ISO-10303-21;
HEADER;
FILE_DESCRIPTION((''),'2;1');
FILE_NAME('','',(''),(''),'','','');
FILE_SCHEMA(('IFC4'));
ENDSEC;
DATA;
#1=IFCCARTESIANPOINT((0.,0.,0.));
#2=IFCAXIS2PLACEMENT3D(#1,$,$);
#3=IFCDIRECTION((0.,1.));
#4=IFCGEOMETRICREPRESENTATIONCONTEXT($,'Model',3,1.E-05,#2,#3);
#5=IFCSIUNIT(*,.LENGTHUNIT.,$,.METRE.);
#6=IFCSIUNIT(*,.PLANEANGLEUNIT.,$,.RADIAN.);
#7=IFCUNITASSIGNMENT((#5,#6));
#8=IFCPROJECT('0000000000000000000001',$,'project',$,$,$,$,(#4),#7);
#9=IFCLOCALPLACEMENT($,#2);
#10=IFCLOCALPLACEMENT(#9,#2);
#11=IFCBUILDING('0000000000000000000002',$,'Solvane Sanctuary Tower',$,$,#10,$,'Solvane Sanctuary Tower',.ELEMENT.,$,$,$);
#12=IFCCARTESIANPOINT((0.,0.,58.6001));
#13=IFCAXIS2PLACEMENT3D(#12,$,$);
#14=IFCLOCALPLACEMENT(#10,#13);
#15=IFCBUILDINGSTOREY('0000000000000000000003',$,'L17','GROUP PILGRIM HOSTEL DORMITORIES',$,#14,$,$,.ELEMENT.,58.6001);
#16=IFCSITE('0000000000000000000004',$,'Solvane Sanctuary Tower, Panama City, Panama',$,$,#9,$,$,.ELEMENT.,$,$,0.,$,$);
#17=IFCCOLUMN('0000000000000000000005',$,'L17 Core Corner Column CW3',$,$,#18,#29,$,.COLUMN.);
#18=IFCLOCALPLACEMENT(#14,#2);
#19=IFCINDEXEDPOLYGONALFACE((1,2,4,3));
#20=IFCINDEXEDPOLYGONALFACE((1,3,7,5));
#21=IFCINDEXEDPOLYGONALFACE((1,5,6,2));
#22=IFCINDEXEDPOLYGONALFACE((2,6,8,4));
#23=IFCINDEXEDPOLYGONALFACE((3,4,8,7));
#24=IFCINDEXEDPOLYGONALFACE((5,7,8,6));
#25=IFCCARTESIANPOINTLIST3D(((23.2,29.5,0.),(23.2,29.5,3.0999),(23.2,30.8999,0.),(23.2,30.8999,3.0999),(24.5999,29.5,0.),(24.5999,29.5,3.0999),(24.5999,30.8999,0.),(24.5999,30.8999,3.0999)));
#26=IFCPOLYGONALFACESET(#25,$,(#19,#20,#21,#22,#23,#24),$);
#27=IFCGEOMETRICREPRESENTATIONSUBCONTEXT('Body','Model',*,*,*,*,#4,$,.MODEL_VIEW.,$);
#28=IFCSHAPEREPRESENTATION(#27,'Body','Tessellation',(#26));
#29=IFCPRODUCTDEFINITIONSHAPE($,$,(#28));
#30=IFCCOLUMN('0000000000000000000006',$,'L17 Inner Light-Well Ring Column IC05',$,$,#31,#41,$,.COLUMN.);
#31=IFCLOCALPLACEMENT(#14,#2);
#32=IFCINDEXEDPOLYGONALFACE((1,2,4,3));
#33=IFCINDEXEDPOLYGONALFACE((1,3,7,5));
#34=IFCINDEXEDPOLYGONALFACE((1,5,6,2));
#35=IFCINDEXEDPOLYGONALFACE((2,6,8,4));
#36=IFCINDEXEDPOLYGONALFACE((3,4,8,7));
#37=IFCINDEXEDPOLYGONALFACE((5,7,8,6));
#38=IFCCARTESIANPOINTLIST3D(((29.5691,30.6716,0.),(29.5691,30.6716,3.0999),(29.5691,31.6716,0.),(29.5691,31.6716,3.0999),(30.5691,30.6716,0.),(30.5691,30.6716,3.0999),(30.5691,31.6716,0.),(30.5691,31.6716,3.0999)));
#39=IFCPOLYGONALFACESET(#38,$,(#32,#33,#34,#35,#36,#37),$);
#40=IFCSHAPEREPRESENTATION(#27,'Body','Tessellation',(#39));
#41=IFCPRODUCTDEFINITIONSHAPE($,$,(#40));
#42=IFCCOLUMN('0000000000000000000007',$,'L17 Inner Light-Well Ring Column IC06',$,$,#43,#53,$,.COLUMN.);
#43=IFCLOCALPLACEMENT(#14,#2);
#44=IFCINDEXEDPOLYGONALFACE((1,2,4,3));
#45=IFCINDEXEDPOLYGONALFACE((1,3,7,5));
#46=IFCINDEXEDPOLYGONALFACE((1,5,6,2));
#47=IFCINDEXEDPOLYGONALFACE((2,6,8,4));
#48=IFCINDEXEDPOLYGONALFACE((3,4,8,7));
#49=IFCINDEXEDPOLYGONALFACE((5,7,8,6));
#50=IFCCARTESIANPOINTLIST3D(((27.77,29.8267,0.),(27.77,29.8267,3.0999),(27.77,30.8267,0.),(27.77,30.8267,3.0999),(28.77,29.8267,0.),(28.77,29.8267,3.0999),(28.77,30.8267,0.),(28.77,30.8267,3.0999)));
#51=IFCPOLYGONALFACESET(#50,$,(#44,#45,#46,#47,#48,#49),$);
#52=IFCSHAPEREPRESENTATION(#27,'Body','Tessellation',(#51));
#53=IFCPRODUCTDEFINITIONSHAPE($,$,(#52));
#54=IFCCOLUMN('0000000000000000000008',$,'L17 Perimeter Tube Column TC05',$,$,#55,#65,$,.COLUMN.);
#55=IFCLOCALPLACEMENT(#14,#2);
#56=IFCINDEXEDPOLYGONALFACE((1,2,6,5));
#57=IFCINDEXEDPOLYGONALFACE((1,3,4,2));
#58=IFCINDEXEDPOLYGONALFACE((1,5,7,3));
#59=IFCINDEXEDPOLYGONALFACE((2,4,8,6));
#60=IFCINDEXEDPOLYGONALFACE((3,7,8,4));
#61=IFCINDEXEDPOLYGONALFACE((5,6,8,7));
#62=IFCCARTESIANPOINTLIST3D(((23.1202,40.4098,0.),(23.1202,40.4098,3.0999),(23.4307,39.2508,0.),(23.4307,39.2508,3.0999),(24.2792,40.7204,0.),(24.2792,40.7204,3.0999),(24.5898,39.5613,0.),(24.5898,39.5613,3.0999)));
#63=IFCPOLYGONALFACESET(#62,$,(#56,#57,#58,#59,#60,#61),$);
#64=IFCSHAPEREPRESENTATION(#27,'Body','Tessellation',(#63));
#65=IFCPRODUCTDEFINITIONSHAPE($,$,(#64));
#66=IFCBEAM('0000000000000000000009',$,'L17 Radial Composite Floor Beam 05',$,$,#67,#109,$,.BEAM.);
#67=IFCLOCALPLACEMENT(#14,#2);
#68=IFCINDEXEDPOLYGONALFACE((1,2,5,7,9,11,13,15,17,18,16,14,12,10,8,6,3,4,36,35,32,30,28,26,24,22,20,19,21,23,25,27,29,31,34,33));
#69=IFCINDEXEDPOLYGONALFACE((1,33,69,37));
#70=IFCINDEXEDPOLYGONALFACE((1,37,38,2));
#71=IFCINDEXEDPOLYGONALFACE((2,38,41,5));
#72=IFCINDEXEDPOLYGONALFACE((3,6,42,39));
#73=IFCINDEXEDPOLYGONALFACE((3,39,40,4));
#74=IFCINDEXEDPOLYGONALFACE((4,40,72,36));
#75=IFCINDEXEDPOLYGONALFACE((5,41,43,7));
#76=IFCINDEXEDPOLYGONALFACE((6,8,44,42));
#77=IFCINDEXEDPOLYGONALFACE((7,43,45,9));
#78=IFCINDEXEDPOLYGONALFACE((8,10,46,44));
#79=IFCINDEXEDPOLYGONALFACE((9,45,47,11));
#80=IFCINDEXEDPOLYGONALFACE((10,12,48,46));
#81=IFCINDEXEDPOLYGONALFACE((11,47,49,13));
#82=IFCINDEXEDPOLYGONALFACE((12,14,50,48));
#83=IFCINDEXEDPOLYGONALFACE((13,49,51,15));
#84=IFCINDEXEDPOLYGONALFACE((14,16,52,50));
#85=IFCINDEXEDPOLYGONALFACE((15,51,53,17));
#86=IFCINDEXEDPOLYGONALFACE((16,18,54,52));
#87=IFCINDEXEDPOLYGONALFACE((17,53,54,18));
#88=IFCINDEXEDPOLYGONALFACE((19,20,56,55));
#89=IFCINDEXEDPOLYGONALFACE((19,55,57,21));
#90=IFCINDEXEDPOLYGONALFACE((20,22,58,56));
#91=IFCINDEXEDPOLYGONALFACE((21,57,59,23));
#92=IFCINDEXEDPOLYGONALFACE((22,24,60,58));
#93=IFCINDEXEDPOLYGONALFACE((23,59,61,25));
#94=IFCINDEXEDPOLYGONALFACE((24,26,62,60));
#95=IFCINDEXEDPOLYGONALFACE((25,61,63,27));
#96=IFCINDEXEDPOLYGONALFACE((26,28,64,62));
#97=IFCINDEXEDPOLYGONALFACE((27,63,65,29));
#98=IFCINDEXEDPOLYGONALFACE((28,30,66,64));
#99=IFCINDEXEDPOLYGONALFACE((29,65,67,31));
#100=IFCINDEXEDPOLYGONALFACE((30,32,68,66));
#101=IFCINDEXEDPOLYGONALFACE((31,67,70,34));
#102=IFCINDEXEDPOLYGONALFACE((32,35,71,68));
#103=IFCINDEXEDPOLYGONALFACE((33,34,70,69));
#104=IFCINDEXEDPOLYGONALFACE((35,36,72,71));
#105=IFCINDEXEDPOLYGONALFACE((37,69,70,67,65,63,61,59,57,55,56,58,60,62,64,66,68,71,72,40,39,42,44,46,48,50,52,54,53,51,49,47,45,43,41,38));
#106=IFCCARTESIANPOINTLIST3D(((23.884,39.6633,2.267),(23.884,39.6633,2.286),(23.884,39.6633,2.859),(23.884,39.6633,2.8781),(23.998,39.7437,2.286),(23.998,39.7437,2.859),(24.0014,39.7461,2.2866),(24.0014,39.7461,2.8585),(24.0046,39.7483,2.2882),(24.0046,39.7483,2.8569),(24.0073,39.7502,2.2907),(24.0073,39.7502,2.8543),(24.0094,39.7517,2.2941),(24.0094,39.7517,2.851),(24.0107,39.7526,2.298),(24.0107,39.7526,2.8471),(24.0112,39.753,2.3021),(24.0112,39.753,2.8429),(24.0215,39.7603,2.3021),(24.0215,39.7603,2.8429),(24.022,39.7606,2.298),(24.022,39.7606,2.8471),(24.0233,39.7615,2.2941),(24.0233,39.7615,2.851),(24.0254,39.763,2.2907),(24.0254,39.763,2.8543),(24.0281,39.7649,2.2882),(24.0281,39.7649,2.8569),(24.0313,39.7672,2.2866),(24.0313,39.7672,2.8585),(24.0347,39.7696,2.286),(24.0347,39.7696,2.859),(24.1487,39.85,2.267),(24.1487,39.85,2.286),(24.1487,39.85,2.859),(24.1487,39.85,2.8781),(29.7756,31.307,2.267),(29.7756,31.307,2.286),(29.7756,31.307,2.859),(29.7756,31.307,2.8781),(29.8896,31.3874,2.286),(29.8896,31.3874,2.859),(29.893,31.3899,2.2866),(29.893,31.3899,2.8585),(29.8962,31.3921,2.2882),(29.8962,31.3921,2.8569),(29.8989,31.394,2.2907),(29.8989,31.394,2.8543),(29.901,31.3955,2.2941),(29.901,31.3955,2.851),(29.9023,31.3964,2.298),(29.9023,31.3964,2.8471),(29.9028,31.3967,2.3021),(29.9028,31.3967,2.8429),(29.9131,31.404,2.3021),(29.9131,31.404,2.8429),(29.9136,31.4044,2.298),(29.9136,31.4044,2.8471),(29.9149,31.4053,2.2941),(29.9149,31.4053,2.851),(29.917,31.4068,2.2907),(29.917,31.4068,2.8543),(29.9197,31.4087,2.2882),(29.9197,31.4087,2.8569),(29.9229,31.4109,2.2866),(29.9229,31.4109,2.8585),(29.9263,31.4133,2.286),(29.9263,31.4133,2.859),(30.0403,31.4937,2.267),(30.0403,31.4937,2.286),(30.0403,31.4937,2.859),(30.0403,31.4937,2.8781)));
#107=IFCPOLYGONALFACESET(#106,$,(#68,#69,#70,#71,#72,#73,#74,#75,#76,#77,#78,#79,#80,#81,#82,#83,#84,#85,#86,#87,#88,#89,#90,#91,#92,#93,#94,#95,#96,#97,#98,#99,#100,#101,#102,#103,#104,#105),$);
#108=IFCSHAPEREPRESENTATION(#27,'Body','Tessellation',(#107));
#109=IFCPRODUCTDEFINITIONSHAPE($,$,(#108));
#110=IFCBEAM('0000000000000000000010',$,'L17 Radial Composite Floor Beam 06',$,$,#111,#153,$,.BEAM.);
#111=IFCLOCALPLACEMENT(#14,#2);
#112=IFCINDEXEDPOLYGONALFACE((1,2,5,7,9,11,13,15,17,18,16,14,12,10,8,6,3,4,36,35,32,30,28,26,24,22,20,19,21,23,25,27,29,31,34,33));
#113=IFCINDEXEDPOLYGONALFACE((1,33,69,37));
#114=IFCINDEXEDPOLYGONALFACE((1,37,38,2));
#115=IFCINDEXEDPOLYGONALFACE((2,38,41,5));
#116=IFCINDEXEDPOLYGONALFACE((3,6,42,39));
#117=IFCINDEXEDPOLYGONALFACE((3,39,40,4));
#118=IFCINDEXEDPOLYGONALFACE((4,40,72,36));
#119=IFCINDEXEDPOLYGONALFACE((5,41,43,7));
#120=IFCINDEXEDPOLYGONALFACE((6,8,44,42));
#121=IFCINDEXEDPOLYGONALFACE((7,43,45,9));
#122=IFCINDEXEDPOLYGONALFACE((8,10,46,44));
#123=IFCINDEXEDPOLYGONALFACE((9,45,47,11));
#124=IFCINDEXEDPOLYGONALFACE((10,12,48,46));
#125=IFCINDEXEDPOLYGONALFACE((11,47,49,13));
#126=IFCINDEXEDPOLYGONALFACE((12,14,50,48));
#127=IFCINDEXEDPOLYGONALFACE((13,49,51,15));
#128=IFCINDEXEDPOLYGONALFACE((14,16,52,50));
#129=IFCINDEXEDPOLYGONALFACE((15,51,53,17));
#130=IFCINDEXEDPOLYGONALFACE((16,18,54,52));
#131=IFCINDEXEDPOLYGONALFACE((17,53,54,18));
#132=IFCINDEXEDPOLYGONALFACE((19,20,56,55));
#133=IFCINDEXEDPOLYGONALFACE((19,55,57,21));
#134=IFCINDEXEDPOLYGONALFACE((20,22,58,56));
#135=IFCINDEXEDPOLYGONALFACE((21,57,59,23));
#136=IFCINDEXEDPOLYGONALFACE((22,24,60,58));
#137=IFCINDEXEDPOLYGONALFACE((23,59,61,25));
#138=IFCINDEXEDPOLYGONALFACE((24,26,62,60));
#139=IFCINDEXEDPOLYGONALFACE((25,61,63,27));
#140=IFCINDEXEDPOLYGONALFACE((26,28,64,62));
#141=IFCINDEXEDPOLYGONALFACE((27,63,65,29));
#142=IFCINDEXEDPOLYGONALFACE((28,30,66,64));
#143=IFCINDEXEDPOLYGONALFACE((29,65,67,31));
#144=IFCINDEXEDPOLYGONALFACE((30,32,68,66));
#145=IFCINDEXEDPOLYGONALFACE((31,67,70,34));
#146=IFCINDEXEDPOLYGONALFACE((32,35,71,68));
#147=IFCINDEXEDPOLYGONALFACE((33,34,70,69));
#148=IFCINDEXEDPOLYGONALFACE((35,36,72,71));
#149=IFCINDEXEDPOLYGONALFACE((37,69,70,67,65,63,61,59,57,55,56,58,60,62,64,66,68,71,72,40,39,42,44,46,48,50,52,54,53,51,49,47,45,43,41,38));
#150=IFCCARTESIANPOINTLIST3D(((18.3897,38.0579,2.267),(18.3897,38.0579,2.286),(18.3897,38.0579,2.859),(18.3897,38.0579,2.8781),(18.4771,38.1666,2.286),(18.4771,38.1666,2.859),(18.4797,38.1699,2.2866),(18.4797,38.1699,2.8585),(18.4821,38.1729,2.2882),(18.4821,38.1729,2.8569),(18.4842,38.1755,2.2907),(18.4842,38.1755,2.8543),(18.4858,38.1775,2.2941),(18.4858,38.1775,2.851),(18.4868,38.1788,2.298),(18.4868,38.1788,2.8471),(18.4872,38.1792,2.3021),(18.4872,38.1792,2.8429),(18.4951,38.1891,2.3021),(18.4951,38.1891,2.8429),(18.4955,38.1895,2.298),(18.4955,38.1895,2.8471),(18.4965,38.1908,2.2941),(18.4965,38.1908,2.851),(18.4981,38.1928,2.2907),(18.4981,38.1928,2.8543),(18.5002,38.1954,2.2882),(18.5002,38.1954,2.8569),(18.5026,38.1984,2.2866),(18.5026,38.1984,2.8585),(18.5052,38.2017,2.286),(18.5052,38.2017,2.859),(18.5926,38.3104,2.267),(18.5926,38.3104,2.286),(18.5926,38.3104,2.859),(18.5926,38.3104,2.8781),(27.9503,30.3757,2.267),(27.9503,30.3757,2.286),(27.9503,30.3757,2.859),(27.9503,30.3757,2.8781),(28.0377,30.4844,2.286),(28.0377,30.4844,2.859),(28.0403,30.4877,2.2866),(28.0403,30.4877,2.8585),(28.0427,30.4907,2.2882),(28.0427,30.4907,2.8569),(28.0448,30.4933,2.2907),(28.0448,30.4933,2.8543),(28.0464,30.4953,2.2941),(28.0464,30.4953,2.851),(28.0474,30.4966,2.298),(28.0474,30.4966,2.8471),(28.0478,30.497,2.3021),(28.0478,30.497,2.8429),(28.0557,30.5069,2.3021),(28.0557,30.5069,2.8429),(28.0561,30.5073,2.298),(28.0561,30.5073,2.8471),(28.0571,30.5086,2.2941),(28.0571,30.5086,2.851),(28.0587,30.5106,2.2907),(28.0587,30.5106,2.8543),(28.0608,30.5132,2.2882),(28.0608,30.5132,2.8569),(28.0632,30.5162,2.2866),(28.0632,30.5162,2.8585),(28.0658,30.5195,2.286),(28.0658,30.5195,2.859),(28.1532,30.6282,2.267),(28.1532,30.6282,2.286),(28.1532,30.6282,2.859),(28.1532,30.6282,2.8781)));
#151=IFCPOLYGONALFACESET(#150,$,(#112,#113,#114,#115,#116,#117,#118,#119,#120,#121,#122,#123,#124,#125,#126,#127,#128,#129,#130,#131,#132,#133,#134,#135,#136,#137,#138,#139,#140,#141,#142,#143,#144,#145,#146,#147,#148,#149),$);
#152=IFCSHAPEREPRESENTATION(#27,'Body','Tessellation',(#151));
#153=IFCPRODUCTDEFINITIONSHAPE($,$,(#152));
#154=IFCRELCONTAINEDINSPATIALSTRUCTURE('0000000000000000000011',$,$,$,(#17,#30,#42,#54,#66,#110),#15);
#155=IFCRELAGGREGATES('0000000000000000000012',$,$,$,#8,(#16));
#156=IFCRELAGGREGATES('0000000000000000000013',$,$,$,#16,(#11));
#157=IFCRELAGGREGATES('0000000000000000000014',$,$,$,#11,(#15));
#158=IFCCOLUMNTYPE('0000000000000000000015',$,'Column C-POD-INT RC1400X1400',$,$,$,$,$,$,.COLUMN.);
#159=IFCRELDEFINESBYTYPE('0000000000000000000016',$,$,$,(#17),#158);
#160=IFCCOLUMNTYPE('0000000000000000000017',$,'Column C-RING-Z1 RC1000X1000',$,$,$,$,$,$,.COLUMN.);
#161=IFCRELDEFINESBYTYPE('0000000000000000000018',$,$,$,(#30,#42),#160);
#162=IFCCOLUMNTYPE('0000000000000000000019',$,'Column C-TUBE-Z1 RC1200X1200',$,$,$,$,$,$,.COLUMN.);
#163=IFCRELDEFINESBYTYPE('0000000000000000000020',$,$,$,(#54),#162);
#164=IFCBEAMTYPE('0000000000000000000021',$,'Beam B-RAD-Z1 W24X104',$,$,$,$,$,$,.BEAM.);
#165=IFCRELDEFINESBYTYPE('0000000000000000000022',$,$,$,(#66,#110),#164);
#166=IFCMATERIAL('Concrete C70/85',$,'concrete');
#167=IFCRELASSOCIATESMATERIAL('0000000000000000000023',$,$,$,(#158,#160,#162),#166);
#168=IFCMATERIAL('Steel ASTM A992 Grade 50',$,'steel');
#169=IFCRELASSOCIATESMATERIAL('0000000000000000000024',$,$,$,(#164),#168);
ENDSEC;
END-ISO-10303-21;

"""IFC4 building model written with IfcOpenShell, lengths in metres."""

from ifc_helpers import new_model, si_unit, direction, frame, origin, origin_2d, place, context, subcontext, project, spatial, rectangle, i_section, extrude, material, material_profile, profile_set, type_object, element, save


model = new_model("IFC4")

# Units and contexts
model_context = context("Model", 3, precision=1e-05, world=origin(), true_north=direction((0.0, 1.0)))
body_context = subcontext(model_context, "Body", "Model", "MODEL_VIEW")
ifc_project = project(units=[si_unit("LENGTHUNIT", "METRE"), si_unit("PLANEANGLEUNIT", "RADIAN")], contexts=[model_context])

# Site, building, storey
site_placement = place(None, origin())
site = spatial("IfcSite", under=ifc_project, at=site_placement, Name="Solvane Sanctuary Tower, Panama City, Panama", CompositionType="ELEMENT", RefElevation=0.0)
building_placement = place(site_placement, origin())
building = spatial("IfcBuilding", under=site, at=building_placement, Name="Solvane Sanctuary Tower", LongName="Solvane Sanctuary Tower", CompositionType="ELEMENT")
storey_placement = place(building_placement, frame((0.0, 0.0, 58.6001)))
storey = spatial("IfcBuildingStorey", under=building, at=storey_placement, Name="L17", Description="GROUP PILGRIM HOSTEL DORMITORIES", CompositionType="ELEMENT", Elevation=58.6001)

# Columns
ifc_material_1 = material(Name="Concrete C70/85", Category="concrete")
ifc_material_profile_1 = material_profile(ifc_material_1, rectangle(XDim=1.3999, YDim=1.3999, at=origin_2d()), Name="RC1400X1400")
ifc_profile_set_1 = profile_set([ifc_material_profile_1], Name="Concrete C70/85")
column_type_1 = type_object("IfcColumnType", Name="Column C-POD-INT RC1400X1400", PredefinedType="COLUMN", material=ifc_profile_set_1)
column_1_placement = place(storey_placement, frame((23.8999, 30.2, 0.0), z_axis=(0.0, 0.0, 1.0), x_axis=(1.0, 0.0, 0.0)))
element("IfcColumn", 1, at=column_1_placement, inside=storey, type_object=column_type_1, Name="L17 Core Corner Column CW3", PredefinedType="COLUMN", context=body_context, shape_type="SweptSolid", body=[
    extrude(rectangle(XDim=1.3999, YDim=1.3999, at=origin_2d()), origin(), (0.0, 0.0, 1.0), 3.0999),
])
ifc_material_profile_2 = material_profile(ifc_material_1, rectangle(XDim=1.0, YDim=1.0, at=origin_2d()), Name="RC1000X1000")
ifc_profile_set_2 = profile_set([ifc_material_profile_2], Name="Concrete C70/85")
column_type_2 = type_object("IfcColumnType", Name="Column C-RING-Z1 RC1000X1000", PredefinedType="COLUMN", material=ifc_profile_set_2)
for number, where, z_axis, x_axis, name in (
    (2, (30.0691, 31.1716, 0.0), (0.0, 0.0, 1.0), (1.0, 0.0, 0.0), "L17 Inner Light-Well Ring Column IC05"),
    (3, (28.27, 30.3267, 0.0), (0.0, 0.0, 1.0), (1.0, 0.0, 0.0), "L17 Inner Light-Well Ring Column IC06"),
):
    element("IfcColumn", number, at=place(storey_placement, frame(where, z_axis=z_axis, x_axis=x_axis)), inside=storey, type_object=column_type_2, Name=name, PredefinedType="COLUMN", context=body_context, shape_type="SweptSolid", body=[
        extrude(rectangle(XDim=1.0, YDim=1.0, at=origin_2d()), origin(), (0.0, 0.0, 1.0), 3.0999),
    ])
ifc_material_profile_3 = material_profile(ifc_material_1, rectangle(XDim=1.2, YDim=1.2, at=origin_2d()), Name="RC1200X1200")
ifc_profile_set_3 = profile_set([ifc_material_profile_3], Name="Concrete C70/85")
column_type_3 = type_object("IfcColumnType", Name="Column C-TUBE-Z1 RC1200X1200", PredefinedType="COLUMN", material=ifc_profile_set_3)
column_2_placement = place(storey_placement, frame((23.855, 39.9856, 0.0), z_axis=(0.0, 0.0, 1.0), x_axis=(-0.258819, 0.965926, 0.0)))
element("IfcColumn", 4, at=column_2_placement, inside=storey, type_object=column_type_3, Name="L17 Perimeter Tube Column TC05", PredefinedType="COLUMN", context=body_context, shape_type="SweptSolid", body=[
    extrude(rectangle(XDim=1.2, YDim=1.2, at=origin_2d()), origin(), (0.0, 0.0, 1.0), 3.0999),
])

# Beams
ifc_material_2 = material(Name="Steel ASTM A992 Grade 50", Category="steel")
ifc_material_profile_4 = material_profile(ifc_material_2, i_section(OverallWidth=0.324, OverallDepth=0.6111, WebThickness=0.0127, FlangeThickness=0.019, FilletRadius=0.0161, at=origin_2d()), Name="W24X104")
ifc_profile_set_4 = profile_set([ifc_material_profile_4], Name="Steel ASTM A992 Grade 50")
beam_type_1 = type_object("IfcBeamType", Name="Beam B-RAD-Z1 W24X104", PredefinedType="BEAM", material=ifc_profile_set_4)
beam_1_placement = place(storey_placement, frame((29.908, 31.4004, 2.5725), z_axis=(-0.576233, 0.817285, 0.0), x_axis=(-0.817285, -0.576233, 0.0)))
element("IfcBeam", 5, at=beam_1_placement, inside=storey, type_object=beam_type_1, Name="L17 Radial Composite Floor Beam 05", PredefinedType="BEAM", context=body_context, shape_type="SweptSolid", body=[
    extrude(i_section(OverallWidth=0.324, OverallDepth=0.6111, WebThickness=0.0127, FlangeThickness=0.019, FilletRadius=0.0161, at=origin_2d()), origin(), (0.0, 0.0, 1.0), 10.2244),
])
beam_2_placement = place(storey_placement, frame((28.0518, 30.502, 2.5725), z_axis=(-0.779527, 0.626369, 0.0), x_axis=(-0.626369, -0.779527, 0.0)))
element("IfcBeam", 6, at=beam_2_placement, inside=storey, type_object=beam_type_1, Name="L17 Radial Composite Floor Beam 06", PredefinedType="BEAM", context=body_context, shape_type="SweptSolid", body=[
    extrude(i_section(OverallWidth=0.324, OverallDepth=0.6111, WebThickness=0.0127, FlangeThickness=0.019, FilletRadius=0.0161, at=origin_2d()), origin(), (0.0, 0.0, 1.0), 12.2646),
])

save(model, "model.ifc")
